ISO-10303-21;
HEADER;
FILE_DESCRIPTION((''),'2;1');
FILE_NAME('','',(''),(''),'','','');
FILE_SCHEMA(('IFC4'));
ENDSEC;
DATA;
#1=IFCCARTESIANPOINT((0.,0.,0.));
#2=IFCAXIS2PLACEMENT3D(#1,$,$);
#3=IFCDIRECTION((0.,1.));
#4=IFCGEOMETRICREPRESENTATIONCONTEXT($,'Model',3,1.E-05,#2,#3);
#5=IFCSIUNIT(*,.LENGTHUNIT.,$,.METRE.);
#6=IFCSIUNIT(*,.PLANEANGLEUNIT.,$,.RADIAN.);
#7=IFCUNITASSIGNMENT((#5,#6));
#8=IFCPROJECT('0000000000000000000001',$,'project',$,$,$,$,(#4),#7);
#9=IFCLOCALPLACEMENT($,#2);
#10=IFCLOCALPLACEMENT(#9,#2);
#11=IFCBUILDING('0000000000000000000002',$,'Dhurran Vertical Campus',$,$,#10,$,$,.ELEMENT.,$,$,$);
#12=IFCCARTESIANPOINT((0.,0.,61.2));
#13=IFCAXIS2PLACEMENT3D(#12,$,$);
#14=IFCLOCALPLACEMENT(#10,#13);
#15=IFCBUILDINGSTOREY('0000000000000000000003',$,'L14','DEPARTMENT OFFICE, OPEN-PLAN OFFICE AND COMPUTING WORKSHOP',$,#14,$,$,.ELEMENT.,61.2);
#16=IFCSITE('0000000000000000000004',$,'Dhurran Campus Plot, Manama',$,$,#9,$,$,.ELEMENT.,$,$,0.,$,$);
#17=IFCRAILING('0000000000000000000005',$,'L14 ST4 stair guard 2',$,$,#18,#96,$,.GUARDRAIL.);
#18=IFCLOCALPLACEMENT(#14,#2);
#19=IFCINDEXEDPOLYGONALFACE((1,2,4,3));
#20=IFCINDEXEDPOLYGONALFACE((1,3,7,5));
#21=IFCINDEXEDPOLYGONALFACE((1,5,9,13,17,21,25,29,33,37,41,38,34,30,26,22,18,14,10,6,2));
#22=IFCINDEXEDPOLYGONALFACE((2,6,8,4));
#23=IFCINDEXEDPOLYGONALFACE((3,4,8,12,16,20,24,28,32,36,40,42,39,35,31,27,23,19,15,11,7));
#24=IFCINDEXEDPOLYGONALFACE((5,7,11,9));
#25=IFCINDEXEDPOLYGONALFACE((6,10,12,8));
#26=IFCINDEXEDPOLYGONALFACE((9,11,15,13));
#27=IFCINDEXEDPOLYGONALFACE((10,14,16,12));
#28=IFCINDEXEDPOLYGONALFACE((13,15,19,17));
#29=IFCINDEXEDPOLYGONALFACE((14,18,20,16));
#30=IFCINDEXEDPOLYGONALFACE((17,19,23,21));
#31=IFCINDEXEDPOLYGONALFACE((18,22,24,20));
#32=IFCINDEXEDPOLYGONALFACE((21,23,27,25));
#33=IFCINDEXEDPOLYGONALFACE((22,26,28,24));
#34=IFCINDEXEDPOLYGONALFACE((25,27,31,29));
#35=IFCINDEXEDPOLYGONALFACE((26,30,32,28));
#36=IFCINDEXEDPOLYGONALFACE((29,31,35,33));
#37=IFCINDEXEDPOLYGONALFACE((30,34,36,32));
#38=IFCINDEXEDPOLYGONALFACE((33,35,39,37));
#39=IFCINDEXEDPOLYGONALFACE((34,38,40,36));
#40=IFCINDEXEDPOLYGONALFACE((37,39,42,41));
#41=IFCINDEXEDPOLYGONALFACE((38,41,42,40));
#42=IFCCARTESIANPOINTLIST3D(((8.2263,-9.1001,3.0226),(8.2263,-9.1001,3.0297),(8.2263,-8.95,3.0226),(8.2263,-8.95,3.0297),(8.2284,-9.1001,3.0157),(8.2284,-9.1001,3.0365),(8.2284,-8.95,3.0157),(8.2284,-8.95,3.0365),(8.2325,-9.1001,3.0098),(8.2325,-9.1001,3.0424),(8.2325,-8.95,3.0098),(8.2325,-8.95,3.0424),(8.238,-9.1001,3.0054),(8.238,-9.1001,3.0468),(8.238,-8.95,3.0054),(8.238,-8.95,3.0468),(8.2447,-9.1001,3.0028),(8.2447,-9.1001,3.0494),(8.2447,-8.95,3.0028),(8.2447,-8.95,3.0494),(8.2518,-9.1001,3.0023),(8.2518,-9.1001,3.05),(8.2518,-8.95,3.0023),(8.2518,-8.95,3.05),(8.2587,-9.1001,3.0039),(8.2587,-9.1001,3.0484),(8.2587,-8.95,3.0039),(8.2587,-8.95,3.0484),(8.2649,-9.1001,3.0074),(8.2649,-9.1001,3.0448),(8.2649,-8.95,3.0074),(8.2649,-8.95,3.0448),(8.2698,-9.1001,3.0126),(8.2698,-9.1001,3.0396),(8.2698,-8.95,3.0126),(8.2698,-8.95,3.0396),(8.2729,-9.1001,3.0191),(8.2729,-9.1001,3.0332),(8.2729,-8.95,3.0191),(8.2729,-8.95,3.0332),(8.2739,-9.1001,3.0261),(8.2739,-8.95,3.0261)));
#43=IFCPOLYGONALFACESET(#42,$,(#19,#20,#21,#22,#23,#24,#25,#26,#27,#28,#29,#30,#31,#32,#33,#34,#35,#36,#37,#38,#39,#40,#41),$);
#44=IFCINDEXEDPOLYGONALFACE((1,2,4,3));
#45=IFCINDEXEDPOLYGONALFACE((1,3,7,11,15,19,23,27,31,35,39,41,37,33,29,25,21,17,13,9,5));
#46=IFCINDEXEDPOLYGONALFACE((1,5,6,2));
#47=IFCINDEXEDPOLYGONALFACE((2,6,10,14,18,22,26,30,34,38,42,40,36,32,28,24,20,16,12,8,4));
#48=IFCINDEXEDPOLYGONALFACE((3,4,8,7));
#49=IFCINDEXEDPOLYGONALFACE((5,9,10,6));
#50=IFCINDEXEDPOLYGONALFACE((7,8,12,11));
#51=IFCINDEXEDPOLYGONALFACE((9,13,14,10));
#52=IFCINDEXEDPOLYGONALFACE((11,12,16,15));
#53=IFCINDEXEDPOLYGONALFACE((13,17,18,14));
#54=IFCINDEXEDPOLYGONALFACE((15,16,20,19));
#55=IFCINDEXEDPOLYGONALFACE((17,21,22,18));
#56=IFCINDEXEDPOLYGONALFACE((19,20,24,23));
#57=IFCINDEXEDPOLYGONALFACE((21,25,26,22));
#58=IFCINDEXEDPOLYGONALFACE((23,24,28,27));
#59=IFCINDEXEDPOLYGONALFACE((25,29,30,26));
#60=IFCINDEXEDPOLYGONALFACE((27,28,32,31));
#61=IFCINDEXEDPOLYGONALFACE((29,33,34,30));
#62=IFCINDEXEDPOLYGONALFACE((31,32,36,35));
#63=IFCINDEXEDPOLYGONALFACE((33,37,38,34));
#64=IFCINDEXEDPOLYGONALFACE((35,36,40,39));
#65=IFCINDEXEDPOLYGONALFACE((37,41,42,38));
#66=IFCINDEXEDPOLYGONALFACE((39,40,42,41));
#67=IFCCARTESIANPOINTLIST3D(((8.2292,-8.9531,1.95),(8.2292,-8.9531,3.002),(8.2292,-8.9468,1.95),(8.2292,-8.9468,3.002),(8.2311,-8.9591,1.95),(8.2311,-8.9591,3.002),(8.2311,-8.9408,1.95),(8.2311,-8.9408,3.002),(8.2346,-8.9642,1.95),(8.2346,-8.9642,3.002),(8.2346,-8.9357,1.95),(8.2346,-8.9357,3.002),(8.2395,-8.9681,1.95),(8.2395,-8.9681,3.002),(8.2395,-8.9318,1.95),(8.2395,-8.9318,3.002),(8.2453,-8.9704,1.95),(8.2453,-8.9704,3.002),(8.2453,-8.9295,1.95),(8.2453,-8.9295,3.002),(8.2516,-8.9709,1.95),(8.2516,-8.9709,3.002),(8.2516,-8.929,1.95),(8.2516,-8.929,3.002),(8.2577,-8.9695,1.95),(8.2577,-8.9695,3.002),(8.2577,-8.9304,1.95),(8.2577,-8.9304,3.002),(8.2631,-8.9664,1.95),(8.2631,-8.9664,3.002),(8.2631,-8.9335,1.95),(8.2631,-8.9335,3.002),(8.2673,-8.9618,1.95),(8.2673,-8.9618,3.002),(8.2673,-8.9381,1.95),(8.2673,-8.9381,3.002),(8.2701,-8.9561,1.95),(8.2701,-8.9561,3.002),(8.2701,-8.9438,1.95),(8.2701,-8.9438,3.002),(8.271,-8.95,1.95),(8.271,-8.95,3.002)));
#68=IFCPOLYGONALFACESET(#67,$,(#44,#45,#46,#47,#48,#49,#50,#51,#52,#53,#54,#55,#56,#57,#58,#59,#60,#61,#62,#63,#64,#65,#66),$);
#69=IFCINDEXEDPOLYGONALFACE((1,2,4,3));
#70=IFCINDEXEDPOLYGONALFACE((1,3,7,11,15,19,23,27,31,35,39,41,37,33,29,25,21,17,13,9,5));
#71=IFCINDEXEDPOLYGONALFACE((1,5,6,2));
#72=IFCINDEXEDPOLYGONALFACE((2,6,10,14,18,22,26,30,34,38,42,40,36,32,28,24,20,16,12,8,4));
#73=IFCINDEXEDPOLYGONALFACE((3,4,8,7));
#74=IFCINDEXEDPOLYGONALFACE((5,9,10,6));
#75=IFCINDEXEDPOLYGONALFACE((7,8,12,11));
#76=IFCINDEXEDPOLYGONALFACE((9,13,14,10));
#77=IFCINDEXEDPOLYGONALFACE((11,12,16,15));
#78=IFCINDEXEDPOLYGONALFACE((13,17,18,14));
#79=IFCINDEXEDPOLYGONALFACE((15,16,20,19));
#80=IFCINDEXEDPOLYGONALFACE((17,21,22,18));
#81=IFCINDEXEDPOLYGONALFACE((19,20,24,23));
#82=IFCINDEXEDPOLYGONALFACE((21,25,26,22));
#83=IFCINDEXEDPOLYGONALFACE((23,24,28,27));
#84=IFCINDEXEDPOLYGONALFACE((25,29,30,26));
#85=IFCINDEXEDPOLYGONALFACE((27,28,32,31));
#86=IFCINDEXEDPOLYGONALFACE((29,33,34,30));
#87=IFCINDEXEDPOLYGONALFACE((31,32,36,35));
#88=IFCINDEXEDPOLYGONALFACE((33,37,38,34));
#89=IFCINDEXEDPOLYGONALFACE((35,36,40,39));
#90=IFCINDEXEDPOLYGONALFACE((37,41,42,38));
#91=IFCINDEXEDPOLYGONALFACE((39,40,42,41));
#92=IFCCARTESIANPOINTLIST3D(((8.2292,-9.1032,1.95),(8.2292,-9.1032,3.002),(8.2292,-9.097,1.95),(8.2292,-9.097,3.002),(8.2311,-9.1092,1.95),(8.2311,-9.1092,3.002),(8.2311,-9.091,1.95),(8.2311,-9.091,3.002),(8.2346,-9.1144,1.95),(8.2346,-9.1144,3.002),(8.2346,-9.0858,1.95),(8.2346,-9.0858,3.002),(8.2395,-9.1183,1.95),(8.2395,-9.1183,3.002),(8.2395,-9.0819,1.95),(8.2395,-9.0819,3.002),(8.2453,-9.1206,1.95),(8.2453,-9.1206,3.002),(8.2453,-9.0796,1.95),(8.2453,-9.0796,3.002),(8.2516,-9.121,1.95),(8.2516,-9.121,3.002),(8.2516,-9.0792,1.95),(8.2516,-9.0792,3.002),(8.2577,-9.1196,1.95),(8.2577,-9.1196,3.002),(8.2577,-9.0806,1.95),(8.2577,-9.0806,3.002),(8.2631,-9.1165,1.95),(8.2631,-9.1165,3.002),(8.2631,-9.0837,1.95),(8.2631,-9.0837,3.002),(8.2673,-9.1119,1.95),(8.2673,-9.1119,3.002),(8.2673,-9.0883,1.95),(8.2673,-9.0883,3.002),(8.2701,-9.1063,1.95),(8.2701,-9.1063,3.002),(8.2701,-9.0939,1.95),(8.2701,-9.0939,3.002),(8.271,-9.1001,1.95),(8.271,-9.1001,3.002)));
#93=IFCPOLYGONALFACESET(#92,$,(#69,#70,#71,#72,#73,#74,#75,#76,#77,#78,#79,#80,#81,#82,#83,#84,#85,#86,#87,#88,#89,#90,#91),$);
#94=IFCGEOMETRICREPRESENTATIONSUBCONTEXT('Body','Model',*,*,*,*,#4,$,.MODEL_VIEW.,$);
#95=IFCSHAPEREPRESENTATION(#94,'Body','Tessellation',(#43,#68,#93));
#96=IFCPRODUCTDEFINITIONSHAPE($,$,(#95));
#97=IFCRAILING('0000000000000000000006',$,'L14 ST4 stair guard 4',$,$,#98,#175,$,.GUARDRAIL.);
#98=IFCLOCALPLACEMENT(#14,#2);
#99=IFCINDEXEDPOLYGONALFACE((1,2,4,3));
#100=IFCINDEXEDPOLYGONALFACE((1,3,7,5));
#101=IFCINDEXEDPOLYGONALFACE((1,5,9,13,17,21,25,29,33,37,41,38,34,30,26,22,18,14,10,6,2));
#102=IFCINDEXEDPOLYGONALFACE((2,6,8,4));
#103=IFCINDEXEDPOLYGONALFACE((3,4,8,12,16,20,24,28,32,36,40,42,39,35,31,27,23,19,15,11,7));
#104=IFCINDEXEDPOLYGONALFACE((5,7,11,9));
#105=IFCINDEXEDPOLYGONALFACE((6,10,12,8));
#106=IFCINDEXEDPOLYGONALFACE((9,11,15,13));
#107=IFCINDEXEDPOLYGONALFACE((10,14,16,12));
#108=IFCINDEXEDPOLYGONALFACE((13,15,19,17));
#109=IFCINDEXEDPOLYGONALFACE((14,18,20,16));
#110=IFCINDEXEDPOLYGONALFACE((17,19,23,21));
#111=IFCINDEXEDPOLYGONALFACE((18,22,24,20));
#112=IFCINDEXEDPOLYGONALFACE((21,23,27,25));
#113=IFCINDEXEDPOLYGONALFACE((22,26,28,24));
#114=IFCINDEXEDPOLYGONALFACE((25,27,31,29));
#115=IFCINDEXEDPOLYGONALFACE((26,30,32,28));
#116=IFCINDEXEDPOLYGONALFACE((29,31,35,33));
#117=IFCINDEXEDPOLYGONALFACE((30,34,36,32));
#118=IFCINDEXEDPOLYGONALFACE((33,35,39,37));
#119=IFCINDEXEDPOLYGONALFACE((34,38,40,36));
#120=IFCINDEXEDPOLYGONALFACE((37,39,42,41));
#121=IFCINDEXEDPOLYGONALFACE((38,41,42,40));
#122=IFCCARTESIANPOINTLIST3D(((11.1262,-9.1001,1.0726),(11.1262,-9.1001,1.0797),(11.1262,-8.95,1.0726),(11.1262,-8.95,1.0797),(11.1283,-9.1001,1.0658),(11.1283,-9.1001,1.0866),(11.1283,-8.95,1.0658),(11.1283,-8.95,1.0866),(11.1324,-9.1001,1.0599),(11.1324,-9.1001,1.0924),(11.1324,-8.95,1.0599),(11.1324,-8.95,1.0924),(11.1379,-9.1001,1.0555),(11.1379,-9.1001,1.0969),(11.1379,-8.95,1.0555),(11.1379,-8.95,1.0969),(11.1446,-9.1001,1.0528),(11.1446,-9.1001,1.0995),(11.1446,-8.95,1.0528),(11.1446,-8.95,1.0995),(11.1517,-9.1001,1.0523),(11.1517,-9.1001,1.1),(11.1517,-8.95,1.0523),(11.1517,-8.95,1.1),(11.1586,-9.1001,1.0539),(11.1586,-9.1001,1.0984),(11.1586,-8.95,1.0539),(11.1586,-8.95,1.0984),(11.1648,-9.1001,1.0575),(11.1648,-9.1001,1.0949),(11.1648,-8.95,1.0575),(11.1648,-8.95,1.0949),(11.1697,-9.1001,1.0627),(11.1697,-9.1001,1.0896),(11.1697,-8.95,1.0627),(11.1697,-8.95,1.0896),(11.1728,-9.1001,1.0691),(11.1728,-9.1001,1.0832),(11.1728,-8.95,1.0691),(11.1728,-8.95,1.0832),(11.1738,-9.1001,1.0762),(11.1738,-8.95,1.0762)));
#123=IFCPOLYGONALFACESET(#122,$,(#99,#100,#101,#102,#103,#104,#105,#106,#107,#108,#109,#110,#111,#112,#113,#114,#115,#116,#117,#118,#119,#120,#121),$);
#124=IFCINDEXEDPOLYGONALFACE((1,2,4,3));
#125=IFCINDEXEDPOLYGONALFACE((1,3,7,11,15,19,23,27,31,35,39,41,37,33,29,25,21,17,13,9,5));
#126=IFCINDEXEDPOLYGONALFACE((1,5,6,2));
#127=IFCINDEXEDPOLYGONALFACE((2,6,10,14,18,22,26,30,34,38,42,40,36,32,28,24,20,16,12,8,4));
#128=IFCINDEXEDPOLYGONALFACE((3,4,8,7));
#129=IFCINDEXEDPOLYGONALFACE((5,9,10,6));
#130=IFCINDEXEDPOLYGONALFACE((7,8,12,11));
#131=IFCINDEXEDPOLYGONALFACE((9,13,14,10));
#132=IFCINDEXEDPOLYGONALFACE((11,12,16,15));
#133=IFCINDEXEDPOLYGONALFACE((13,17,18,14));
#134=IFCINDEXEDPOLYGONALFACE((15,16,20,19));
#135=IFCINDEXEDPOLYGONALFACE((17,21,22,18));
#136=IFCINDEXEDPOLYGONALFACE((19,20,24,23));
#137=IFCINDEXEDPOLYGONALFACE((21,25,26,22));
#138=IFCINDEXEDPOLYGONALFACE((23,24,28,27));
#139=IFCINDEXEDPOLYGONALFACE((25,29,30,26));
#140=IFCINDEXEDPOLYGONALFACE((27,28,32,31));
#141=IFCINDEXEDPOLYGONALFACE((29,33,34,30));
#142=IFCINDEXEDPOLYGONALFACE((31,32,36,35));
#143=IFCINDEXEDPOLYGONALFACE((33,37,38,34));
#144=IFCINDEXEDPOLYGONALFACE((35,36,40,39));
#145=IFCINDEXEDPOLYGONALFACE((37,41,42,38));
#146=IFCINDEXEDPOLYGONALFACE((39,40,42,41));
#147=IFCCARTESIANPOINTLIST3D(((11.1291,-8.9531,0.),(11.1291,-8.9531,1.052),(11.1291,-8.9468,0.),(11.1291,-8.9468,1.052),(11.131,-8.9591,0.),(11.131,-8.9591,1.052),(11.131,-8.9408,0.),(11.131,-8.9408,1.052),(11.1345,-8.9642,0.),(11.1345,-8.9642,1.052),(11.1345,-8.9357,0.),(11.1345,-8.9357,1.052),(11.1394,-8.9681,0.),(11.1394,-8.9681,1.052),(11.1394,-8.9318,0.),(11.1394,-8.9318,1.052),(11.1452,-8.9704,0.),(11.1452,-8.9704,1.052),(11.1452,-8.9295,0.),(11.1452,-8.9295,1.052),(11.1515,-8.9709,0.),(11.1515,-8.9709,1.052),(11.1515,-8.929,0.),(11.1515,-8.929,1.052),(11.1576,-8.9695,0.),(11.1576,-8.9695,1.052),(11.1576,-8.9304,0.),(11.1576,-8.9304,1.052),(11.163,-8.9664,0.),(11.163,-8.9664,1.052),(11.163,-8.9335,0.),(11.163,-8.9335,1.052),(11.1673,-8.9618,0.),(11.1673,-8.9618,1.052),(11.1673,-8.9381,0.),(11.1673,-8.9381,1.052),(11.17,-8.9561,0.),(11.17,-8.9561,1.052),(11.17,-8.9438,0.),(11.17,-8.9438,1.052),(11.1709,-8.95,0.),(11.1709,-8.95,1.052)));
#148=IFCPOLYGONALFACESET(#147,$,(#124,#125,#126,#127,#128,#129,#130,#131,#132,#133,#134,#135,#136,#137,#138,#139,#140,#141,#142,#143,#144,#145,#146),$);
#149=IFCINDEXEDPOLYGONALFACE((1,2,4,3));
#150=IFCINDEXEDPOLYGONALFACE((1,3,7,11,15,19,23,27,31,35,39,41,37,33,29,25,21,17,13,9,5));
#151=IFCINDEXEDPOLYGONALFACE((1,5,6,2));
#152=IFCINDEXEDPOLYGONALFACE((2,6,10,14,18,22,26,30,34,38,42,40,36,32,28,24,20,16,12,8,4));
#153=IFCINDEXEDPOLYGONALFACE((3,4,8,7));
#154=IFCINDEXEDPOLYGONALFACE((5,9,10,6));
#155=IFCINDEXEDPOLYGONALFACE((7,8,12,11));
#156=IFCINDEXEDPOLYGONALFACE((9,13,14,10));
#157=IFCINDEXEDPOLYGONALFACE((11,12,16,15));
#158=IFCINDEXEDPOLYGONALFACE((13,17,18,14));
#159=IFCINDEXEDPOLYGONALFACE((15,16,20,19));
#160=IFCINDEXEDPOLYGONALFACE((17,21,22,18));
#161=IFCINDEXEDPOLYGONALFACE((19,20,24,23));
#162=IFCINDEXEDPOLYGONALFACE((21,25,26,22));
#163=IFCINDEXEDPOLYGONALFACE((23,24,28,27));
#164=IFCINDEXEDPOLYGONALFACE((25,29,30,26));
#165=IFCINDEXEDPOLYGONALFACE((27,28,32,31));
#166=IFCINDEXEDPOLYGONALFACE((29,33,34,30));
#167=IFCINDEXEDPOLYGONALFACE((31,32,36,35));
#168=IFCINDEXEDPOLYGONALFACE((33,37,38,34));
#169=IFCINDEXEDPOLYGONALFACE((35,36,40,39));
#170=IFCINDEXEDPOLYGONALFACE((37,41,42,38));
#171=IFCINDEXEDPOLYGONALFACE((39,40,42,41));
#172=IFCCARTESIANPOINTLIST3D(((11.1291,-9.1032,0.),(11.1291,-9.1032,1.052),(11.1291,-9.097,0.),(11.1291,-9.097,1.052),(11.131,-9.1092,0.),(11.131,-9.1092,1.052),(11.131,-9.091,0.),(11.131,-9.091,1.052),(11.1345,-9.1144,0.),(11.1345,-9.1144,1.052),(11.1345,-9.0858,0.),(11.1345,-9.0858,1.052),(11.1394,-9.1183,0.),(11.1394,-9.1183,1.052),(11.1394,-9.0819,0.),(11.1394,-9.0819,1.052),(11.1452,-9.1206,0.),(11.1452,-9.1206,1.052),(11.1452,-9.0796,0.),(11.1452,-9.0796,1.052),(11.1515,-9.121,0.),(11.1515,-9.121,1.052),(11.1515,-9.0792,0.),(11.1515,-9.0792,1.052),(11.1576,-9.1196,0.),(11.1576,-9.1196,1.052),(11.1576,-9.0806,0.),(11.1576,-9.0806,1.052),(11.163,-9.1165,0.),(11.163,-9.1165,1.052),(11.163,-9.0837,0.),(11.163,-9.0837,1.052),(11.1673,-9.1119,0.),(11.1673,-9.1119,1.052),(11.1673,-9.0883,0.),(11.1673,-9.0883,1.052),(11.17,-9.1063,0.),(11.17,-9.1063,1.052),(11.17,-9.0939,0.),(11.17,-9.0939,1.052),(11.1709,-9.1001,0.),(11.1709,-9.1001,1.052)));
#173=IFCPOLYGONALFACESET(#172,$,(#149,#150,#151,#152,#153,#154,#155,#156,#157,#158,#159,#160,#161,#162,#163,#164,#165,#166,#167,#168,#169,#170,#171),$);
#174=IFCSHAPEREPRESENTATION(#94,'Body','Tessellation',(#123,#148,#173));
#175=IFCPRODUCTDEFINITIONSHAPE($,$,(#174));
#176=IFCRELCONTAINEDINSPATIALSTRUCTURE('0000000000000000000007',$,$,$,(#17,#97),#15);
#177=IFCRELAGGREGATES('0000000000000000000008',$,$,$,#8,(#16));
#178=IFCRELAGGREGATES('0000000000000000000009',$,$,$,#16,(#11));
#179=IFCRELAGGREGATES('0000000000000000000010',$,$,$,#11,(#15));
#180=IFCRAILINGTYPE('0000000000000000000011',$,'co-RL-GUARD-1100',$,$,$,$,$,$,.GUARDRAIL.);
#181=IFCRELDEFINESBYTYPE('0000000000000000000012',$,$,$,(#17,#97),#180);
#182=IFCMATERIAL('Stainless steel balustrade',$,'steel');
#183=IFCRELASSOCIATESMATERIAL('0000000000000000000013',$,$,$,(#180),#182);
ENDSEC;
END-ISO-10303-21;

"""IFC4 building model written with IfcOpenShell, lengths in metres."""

from ifc_helpers import new_model, si_unit, direction, frame, origin, origin_2d, place, context, subcontext, project, spatial, circle, extrude, material, type_object, element, save


model = new_model("IFC4")

# Units and contexts
model_context = context("Model", 3, precision=1e-05, world=origin(), true_north=direction((0.0, 1.0)))
body_context = subcontext(model_context, "Body", "Model", "MODEL_VIEW")
ifc_project = project(units=[si_unit("LENGTHUNIT", "METRE"), si_unit("PLANEANGLEUNIT", "RADIAN")], contexts=[model_context])

# Site, building, storey
site_placement = place(None, origin())
site = spatial("IfcSite", under=ifc_project, at=site_placement, Name="Dhurran Campus Plot, Manama", CompositionType="ELEMENT", RefElevation=0.0)
building_placement = place(site_placement, origin())
building = spatial("IfcBuilding", under=site, at=building_placement, Name="Dhurran Vertical Campus", CompositionType="ELEMENT")
storey_placement = place(building_placement, frame((0.0, 0.0, 61.2)))
storey = spatial("IfcBuildingStorey", under=building, at=storey_placement, Name="L14", Description="DEPARTMENT OFFICE, OPEN-PLAN OFFICE AND COMPUTING WORKSHOP", CompositionType="ELEMENT", Elevation=61.2)

# Railings
ifc_material_1 = material(Name="Stainless steel balustrade", Category="steel")
railing_type_1 = type_object("IfcRailingType", Name="co-RL-GUARD-1100", PredefinedType="GUARDRAIL", material=ifc_material_1)
for number, where, name in (
    (1, (8.25, -8.95, 1.95), "L14 ST4 stair guard 2"),
    (2, (11.1499, -8.95, 0.0), "L14 ST4 stair guard 4"),
):
    element("IfcRailing", number, at=place(storey_placement, frame(where)), inside=storey, type_object=railing_type_1, Name=name, PredefinedType="GUARDRAIL", context=body_context, shape_type="SweptSolid", body=[
        extrude(circle(Radius=0.0239, at=origin_2d()), frame((0.0, 0.0, 1.0762), z_axis=(0.0, -1.0, 0.0), x_axis=(1.0, 0.0, 0.0)), (0.0, 0.0, 1.0), 0.1501),
        extrude(circle(Radius=0.021, at=origin_2d()), origin(), (0.0, 0.0, 1.0), 1.052),
        extrude(circle(Radius=0.021, at=origin_2d()), frame((0.0, -0.1501, 0.0)), (0.0, 0.0, 1.0), 1.052),
    ])

save(model, "model.ifc")
